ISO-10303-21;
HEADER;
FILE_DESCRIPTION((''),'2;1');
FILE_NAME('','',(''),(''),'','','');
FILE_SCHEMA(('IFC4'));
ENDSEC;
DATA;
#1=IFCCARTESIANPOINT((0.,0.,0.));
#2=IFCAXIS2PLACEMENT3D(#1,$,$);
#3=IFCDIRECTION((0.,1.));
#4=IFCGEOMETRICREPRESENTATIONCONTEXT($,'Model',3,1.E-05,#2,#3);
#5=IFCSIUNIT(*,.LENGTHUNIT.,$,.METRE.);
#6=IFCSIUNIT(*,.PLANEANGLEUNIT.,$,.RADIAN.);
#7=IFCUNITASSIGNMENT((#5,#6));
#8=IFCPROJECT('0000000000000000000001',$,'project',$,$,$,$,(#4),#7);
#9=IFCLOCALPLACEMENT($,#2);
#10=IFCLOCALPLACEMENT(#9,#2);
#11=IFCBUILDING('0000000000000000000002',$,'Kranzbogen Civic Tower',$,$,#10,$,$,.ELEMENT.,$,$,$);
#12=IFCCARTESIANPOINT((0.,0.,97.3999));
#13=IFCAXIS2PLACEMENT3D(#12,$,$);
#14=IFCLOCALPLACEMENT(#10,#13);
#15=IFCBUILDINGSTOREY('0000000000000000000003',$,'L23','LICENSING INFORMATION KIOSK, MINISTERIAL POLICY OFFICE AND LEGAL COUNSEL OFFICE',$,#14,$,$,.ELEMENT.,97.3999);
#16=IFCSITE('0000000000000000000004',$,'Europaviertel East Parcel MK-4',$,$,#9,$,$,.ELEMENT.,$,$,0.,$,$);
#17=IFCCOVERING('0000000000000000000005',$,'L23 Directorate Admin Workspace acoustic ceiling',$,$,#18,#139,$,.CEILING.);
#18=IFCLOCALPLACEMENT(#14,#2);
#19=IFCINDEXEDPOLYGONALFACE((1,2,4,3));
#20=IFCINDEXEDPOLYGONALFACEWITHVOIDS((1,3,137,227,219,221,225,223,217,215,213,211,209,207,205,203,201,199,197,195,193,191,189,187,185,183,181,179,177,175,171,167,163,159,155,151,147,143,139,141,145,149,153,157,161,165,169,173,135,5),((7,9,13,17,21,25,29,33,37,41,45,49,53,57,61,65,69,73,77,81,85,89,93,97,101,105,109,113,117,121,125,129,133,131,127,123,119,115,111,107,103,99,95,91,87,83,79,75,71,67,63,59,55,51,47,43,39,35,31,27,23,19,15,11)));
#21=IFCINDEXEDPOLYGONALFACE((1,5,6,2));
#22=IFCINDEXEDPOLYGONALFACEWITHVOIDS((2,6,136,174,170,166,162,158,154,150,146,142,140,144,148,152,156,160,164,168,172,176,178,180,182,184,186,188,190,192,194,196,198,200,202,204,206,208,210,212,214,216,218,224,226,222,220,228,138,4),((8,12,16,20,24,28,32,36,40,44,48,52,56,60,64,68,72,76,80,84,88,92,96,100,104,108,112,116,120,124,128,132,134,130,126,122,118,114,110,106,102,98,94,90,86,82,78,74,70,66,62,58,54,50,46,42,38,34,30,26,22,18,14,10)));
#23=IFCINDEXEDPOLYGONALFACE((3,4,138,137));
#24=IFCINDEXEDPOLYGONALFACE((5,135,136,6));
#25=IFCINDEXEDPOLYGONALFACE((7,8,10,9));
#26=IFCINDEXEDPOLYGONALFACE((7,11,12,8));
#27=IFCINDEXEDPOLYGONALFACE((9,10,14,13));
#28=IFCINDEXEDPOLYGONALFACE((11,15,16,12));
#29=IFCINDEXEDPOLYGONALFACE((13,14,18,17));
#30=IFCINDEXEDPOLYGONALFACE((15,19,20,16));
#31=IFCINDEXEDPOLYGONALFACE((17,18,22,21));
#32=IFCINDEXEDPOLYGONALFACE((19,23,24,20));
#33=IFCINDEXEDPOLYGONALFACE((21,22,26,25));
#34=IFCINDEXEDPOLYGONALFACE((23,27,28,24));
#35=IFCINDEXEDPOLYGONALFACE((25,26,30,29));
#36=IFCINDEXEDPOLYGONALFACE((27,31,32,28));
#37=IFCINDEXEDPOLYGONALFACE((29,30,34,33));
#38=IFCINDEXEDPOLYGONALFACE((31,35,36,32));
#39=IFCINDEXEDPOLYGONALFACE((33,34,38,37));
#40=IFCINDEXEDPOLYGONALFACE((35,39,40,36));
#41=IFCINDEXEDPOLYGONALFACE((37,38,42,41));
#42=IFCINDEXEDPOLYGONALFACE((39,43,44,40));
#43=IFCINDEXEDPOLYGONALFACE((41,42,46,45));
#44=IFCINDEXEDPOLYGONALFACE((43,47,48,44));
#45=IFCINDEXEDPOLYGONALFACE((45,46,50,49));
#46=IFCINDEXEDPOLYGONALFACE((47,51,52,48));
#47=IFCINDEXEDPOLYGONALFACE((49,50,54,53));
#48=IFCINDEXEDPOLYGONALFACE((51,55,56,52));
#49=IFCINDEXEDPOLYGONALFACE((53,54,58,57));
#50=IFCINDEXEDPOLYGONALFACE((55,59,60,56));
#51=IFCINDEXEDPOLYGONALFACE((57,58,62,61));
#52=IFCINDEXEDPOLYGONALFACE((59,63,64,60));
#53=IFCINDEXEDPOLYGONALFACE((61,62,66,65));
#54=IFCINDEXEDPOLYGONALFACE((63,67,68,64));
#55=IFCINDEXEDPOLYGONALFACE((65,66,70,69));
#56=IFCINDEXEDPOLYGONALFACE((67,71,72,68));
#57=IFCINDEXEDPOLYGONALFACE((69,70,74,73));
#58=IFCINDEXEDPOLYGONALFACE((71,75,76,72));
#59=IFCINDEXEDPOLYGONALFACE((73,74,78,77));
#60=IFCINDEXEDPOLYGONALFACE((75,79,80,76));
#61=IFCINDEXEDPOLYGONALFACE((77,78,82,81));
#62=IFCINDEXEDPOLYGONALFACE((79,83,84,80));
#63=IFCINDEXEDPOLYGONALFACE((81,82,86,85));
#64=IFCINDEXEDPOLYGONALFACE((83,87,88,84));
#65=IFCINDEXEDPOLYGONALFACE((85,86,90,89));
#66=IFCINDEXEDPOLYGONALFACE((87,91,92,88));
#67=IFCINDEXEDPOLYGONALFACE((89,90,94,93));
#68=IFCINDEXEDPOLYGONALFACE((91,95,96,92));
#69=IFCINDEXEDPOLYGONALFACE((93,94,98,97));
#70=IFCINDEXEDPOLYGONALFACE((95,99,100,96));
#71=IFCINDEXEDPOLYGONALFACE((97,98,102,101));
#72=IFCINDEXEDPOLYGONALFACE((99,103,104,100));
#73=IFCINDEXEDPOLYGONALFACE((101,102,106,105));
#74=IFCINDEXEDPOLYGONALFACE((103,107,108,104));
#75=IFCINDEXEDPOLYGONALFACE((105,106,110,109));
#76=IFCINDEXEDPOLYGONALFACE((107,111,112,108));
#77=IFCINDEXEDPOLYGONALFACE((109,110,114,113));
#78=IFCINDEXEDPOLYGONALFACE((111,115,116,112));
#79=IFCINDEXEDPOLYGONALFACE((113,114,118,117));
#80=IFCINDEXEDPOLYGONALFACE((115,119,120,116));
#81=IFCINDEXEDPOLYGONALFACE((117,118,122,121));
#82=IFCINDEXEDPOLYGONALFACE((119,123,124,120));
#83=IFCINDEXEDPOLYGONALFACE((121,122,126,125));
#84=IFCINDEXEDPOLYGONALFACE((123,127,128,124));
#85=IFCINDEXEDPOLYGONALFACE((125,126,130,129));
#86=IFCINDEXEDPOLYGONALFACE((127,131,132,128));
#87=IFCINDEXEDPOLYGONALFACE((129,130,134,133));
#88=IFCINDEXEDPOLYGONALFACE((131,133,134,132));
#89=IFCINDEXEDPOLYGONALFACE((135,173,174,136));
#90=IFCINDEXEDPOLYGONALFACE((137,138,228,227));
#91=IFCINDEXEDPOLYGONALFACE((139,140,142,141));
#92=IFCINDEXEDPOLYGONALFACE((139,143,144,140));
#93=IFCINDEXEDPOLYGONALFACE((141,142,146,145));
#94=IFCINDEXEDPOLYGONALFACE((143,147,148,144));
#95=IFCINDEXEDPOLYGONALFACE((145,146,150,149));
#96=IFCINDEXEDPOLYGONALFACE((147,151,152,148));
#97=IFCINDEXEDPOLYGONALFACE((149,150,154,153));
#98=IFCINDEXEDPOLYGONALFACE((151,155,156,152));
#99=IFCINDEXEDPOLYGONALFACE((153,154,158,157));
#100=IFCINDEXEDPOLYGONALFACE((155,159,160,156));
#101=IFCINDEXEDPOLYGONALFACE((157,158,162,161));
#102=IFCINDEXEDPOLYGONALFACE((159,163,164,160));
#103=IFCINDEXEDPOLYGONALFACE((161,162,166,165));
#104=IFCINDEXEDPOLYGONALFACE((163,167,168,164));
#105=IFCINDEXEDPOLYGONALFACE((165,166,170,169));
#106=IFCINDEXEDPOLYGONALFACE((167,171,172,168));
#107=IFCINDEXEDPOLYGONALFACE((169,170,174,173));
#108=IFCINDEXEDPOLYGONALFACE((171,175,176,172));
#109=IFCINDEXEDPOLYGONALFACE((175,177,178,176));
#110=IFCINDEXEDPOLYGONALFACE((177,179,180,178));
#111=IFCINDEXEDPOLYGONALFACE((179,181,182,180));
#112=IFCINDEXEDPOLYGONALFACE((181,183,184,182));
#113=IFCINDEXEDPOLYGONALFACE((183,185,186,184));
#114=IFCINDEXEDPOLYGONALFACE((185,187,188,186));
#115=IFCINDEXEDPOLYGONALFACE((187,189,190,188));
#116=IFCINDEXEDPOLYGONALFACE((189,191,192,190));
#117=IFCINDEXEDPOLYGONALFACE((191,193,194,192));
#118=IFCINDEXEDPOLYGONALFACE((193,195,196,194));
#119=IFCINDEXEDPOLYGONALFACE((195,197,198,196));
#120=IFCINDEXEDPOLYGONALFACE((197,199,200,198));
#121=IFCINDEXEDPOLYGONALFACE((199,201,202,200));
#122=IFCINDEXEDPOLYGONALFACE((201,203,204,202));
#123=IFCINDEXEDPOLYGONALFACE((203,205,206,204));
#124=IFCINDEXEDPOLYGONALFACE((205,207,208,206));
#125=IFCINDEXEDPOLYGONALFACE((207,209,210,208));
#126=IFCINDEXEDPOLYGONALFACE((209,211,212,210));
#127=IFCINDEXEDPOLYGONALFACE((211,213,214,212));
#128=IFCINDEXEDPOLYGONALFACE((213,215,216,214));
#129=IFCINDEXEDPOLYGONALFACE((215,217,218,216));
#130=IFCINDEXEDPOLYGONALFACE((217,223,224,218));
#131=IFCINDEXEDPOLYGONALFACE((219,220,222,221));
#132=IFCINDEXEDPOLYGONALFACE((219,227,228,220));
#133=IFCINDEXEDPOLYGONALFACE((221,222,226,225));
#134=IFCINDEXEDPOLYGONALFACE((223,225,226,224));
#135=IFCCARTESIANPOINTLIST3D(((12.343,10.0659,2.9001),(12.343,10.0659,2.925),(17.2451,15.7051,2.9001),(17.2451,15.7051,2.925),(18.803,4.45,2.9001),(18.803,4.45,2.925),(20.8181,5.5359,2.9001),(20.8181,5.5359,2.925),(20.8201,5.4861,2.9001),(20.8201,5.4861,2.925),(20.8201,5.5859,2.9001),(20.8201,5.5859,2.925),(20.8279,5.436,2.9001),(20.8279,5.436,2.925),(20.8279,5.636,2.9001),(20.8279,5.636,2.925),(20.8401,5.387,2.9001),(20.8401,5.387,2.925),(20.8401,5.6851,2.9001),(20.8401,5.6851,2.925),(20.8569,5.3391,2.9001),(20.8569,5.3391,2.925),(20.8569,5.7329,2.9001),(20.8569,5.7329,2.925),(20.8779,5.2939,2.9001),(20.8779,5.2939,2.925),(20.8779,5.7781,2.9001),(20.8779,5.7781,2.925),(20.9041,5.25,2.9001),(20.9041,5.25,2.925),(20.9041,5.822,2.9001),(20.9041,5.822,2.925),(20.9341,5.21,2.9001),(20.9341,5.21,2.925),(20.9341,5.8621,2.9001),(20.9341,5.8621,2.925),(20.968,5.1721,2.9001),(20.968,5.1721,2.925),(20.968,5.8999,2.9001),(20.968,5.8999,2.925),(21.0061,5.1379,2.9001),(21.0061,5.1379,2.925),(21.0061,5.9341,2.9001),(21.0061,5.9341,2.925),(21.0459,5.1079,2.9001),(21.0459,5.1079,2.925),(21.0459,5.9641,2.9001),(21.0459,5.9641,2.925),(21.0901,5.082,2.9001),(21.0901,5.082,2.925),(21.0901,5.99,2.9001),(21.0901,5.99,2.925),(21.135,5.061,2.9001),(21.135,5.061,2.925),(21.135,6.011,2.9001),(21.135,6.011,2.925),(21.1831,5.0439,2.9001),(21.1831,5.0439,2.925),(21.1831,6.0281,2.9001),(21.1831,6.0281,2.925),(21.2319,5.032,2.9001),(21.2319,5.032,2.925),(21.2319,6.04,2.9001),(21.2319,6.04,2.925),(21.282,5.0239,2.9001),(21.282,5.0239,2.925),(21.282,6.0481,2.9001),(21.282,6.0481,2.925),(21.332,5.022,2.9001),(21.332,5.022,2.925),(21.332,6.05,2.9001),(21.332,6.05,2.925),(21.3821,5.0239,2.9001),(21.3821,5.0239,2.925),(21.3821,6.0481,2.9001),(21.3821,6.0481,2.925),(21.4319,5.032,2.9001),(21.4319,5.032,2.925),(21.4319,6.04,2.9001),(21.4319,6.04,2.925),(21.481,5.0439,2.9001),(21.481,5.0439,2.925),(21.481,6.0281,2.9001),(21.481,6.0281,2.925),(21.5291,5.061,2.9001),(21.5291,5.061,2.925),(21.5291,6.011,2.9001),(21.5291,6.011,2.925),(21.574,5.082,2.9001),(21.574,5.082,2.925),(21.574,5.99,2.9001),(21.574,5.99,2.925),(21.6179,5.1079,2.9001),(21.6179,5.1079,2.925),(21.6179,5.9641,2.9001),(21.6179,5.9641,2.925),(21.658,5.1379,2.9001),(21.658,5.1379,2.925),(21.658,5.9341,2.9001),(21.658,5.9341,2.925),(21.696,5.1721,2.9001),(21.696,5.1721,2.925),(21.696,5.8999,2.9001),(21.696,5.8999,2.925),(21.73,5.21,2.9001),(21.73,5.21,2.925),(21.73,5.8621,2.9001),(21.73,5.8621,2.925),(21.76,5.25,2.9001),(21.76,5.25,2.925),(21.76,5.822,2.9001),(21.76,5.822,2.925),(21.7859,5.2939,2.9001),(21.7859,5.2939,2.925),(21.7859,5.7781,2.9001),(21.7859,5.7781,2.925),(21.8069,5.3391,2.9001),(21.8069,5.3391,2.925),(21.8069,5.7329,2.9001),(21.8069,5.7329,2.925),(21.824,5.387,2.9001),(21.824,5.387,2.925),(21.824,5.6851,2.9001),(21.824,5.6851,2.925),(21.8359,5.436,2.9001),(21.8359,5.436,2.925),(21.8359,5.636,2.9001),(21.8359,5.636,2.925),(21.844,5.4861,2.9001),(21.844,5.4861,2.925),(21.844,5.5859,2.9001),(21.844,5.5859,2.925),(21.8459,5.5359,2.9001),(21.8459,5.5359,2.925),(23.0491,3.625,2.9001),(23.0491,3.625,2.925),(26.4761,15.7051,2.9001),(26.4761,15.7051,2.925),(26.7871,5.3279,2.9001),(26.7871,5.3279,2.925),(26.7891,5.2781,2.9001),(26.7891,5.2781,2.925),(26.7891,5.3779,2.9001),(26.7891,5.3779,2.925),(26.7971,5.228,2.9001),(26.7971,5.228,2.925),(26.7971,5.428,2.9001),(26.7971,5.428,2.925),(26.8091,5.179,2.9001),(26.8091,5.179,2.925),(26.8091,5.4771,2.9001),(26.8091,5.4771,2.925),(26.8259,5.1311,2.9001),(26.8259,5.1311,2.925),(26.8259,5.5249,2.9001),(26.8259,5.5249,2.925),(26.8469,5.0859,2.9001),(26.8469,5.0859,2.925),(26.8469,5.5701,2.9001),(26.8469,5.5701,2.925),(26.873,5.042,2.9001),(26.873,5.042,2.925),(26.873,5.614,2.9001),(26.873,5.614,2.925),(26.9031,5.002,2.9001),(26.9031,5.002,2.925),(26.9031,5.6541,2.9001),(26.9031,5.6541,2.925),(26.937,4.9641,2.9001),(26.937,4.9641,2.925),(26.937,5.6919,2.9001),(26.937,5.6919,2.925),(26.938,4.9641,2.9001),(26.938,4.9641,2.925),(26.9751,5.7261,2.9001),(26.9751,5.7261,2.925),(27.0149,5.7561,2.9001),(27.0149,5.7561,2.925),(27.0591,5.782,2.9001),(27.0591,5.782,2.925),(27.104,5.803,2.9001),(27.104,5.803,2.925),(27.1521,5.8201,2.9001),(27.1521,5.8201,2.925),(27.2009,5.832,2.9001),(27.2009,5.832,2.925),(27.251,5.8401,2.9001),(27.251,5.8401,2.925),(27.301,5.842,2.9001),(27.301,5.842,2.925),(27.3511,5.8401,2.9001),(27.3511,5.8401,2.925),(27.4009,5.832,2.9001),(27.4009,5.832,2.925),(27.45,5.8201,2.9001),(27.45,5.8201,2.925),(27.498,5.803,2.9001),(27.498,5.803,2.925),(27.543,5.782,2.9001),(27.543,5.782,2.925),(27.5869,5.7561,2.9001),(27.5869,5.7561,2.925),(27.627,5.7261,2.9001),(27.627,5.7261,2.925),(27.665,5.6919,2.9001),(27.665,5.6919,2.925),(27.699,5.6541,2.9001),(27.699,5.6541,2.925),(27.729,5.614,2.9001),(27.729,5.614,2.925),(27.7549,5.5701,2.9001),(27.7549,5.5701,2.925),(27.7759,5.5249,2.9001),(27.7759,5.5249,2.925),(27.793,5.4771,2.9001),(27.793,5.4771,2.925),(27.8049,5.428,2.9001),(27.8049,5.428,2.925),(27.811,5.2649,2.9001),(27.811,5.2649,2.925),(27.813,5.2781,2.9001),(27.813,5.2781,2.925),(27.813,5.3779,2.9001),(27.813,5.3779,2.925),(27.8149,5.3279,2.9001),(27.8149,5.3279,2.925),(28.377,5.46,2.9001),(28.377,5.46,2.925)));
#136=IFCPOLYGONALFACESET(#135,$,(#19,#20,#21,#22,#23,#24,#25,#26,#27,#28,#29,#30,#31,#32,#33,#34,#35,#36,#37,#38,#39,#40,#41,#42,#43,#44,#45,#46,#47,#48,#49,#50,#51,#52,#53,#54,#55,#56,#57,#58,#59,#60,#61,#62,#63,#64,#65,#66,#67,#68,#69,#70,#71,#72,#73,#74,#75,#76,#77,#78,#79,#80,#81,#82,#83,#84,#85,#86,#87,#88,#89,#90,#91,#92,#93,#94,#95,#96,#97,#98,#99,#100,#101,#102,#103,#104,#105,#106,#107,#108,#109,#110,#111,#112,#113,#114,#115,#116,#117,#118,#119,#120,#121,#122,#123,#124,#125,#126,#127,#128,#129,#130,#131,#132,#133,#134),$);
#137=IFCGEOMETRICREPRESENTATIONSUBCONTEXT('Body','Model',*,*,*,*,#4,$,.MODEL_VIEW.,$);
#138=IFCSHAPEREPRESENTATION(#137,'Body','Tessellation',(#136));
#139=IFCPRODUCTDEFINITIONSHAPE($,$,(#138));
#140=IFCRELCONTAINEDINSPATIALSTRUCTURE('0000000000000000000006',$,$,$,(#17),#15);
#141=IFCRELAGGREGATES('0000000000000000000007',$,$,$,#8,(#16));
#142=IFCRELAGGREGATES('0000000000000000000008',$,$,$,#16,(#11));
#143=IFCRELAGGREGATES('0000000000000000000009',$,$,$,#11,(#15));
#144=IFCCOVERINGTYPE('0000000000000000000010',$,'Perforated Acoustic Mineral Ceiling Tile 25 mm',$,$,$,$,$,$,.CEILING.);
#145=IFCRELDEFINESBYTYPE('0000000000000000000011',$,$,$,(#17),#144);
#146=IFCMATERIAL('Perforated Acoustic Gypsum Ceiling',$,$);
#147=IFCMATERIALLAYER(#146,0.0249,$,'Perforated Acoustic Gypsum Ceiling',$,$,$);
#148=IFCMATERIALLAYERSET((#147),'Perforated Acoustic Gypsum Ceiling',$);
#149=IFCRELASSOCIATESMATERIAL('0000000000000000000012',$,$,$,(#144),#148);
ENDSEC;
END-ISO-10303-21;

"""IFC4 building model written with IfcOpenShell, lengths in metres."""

from ifc_helpers import new_model, si_unit, direction, frame, origin, place, context, subcontext, project, spatial, polyline, outline, extrude, material, layer, layer_set, type_object, element, save


model = new_model("IFC4")

# Units and contexts
model_context = context("Model", 3, precision=1e-05, world=origin(), true_north=direction((0.0, 1.0)))
body_context = subcontext(model_context, "Body", "Model", "MODEL_VIEW")
ifc_project = project(units=[si_unit("LENGTHUNIT", "METRE"), si_unit("PLANEANGLEUNIT", "RADIAN")], contexts=[model_context])

# Site, building, storey
site_placement = place(None, origin())
site = spatial("IfcSite", under=ifc_project, at=site_placement, Name="Europaviertel East Parcel MK-4", CompositionType="ELEMENT", RefElevation=0.0)
building_placement = place(site_placement, origin())
building = spatial("IfcBuilding", under=site, at=building_placement, Name="Kranzbogen Civic Tower", CompositionType="ELEMENT")
storey_placement = place(building_placement, frame((0.0, 0.0, 97.3999)))
storey = spatial("IfcBuildingStorey", under=building, at=storey_placement, Name="L23", Description="LICENSING INFORMATION KIOSK, MINISTERIAL POLICY OFFICE AND LEGAL COUNSEL OFFICE", CompositionType="ELEMENT", Elevation=97.3999)

# Covering
ifc_material_1 = material(Name="Perforated Acoustic Gypsum Ceiling")
ifc_layer_1 = layer(ifc_material_1, 0.0249, Name="Perforated Acoustic Gypsum Ceiling")
ifc_layer_set_1 = layer_set([ifc_layer_1], Name="Perforated Acoustic Gypsum Ceiling")
covering_type_1 = type_object("IfcCoveringType", Name="Perforated Acoustic Mineral Ceiling Tile 25 mm", PredefinedType="CEILING", material=ifc_layer_set_1)
covering_1_placement = place(storey_placement, frame((0.0, 0.0, 2.9001)))
element("IfcCovering", 1, at=covering_1_placement, inside=storey, type_object=covering_type_1, Name="L23 Directorate Admin Workspace acoustic ceiling", PredefinedType="CEILING", context=body_context, shape_type="SweptSolid", body=[
    extrude(outline(polyline([(18.803, 4.45), (12.343, 10.0659), (17.2451, 15.7051), (26.4761, 15.7051), (28.377, 5.46), (27.811, 5.2649), (27.813, 5.2781), (27.8149, 5.3279), (27.813, 5.3779), (27.8049, 5.428), (27.793, 5.4771), (27.7759, 5.5249), (27.7549, 5.5701), (27.729, 5.614), (27.699, 5.6541), (27.665, 5.6919), (27.627, 5.7261), (27.5869, 5.7561), (27.543, 5.782), (27.498, 5.803), (27.45, 5.8201), (27.4009, 5.832), (27.3511, 5.8401), (27.301, 5.842), (27.251, 5.8401), (27.2009, 5.832), (27.1521, 5.8201), (27.104, 5.803), (27.0591, 5.782), (27.0149, 5.7561), (26.9751, 5.7261), (26.937, 5.6919), (26.9031, 5.6541), (26.873, 5.614), (26.8469, 5.5701), (26.8259, 5.5249), (26.8091, 5.4771), (26.7971, 5.428), (26.7891, 5.3779), (26.7871, 5.3279), (26.7891, 5.2781), (26.7971, 5.228), (26.8091, 5.179), (26.8259, 5.1311), (26.8469, 5.0859), (26.873, 5.042), (26.9031, 5.002), (26.937, 4.9641), (26.938, 4.9641), (23.0491, 3.625), (18.803, 4.45)]), holes=[polyline([(21.8069, 5.3391), (21.7859, 5.2939), (21.76, 5.25), (21.73, 5.21), (21.696, 5.1721), (21.658, 5.1379), (21.6179, 5.1079), (21.574, 5.082), (21.5291, 5.061), (21.481, 5.0439), (21.4319, 5.032), (21.3821, 5.0239), (21.332, 5.022), (21.282, 5.0239), (21.2319, 5.032), (21.1831, 5.0439), (21.135, 5.061), (21.0901, 5.082), (21.0459, 5.1079), (21.0061, 5.1379), (20.968, 5.1721), (20.9341, 5.21), (20.9041, 5.25), (20.8779, 5.2939), (20.8569, 5.3391), (20.8401, 5.387), (20.8279, 5.436), (20.8201, 5.4861), (20.8181, 5.5359), (20.8201, 5.5859), (20.8279, 5.636), (20.8401, 5.6851), (20.8569, 5.7329), (20.8779, 5.7781), (20.9041, 5.822), (20.9341, 5.8621), (20.968, 5.8999), (21.0061, 5.9341), (21.0459, 5.9641), (21.0901, 5.99), (21.135, 6.011), (21.1831, 6.0281), (21.2319, 6.04), (21.282, 6.0481), (21.332, 6.05), (21.3821, 6.0481), (21.4319, 6.04), (21.481, 6.0281), (21.5291, 6.011), (21.574, 5.99), (21.6179, 5.9641), (21.658, 5.9341), (21.696, 5.8999), (21.73, 5.8621), (21.76, 5.822), (21.7859, 5.7781), (21.8069, 5.7329), (21.824, 5.6851), (21.8359, 5.636), (21.844, 5.5859), (21.8459, 5.5359), (21.844, 5.4861), (21.8359, 5.436), (21.824, 5.387), (21.8069, 5.3391)])]), origin(), (0.0, 0.0, 1.0), 0.0249),
])

save(model, "model.ifc")
